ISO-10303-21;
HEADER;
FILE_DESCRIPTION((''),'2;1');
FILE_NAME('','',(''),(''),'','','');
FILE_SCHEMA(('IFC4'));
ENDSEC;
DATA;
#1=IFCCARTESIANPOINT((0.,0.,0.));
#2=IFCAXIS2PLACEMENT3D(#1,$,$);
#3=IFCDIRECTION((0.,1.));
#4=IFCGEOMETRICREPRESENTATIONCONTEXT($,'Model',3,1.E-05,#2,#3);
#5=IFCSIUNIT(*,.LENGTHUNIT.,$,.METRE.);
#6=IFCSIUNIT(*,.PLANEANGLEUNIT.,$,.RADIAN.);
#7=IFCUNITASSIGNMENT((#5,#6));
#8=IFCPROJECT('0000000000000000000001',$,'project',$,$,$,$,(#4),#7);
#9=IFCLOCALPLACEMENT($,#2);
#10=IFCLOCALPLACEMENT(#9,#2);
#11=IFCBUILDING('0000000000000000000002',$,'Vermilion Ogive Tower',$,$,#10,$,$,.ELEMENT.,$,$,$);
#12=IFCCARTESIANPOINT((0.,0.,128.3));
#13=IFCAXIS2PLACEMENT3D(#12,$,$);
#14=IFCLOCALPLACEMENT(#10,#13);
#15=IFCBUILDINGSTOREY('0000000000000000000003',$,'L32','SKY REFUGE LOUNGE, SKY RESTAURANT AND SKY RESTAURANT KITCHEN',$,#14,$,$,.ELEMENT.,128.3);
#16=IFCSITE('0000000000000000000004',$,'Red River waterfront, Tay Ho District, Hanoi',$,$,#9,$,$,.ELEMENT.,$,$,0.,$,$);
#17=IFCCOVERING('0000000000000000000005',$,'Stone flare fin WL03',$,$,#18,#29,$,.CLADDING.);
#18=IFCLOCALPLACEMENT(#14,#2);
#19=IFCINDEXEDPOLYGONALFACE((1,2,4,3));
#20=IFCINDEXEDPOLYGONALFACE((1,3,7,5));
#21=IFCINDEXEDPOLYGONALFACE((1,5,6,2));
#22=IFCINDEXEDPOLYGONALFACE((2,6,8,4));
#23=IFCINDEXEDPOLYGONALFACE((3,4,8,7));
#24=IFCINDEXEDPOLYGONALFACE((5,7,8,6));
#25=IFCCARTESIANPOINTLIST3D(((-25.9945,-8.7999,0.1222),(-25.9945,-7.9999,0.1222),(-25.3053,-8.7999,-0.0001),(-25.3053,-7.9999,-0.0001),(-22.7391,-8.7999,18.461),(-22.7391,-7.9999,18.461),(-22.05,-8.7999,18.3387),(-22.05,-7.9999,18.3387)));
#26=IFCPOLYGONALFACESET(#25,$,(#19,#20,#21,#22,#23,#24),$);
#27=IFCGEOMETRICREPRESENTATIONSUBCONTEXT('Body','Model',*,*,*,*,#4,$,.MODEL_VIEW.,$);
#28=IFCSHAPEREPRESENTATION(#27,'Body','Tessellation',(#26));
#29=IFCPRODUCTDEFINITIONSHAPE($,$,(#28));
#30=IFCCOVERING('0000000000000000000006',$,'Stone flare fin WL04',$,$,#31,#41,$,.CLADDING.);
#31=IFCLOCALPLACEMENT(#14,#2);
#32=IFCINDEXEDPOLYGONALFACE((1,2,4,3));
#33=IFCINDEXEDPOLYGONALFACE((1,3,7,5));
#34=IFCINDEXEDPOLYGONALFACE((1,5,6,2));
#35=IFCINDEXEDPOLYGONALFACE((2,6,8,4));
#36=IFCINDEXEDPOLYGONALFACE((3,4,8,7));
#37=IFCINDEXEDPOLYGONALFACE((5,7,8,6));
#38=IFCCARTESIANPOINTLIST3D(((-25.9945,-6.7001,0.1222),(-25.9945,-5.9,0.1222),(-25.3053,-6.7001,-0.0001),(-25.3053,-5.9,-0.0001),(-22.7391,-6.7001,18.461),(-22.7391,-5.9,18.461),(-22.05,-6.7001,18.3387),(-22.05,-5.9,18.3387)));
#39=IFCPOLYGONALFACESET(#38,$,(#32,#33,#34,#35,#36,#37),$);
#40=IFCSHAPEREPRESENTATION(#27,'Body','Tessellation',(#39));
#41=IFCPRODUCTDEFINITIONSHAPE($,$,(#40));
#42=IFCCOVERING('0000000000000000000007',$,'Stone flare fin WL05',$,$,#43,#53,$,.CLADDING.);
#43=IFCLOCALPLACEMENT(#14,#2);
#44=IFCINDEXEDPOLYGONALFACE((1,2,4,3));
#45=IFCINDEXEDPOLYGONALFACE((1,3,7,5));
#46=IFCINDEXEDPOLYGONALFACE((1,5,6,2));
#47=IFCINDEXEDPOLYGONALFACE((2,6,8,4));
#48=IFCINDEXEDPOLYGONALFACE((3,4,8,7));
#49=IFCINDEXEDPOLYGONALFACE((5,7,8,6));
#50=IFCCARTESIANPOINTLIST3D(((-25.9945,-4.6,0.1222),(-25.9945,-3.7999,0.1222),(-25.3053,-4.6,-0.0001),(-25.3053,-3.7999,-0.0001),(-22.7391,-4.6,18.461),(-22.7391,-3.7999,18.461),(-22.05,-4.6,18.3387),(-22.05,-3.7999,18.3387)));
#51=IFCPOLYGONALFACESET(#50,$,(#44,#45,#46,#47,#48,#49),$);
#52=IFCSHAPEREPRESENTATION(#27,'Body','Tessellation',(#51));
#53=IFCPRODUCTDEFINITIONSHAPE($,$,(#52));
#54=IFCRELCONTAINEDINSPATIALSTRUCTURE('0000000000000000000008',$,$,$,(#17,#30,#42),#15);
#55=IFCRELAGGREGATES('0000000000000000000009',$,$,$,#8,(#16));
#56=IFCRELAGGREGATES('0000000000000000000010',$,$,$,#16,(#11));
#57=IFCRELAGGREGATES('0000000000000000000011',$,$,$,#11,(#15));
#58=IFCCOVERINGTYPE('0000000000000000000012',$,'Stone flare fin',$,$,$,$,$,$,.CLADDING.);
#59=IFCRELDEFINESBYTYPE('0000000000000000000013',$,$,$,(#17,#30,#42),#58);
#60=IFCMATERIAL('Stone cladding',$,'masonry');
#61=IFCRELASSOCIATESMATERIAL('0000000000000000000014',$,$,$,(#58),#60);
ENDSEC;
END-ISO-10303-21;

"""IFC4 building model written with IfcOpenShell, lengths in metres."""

from ifc_helpers import new_model, si_unit, direction, frame, origin, origin_2d, place, context, subcontext, project, spatial, rectangle, extrude, material, material_profile, profile_set, type_object, element, save


model = new_model("IFC4")

# Units and contexts
model_context = context("Model", 3, precision=1e-05, world=origin(), true_north=direction((0.0, 1.0)))
body_context = subcontext(model_context, "Body", "Model", "MODEL_VIEW")
ifc_project = project(units=[si_unit("LENGTHUNIT", "METRE"), si_unit("PLANEANGLEUNIT", "RADIAN")], contexts=[model_context])

# Site, building, storey
site_placement = place(None, origin())
site = spatial("IfcSite", under=ifc_project, at=site_placement, Name="Red River waterfront, Tay Ho District, Hanoi", CompositionType="ELEMENT", RefElevation=0.0)
building_placement = place(site_placement, origin())
building = spatial("IfcBuilding", under=site, at=building_placement, Name="Vermilion Ogive Tower", CompositionType="ELEMENT")
storey_placement = place(building_placement, frame((0.0, 0.0, 128.3)))
storey = spatial("IfcBuildingStorey", under=building, at=storey_placement, Name="L32", Description="SKY REFUGE LOUNGE, SKY RESTAURANT AND SKY RESTAURANT KITCHEN", CompositionType="ELEMENT", Elevation=128.3)

# Coverings
ifc_material_1 = material(Name="Stone cladding", Category="masonry")
ifc_material_profile_1 = material_profile(ifc_material_1, rectangle(XDim=0.8, YDim=0.7, at=origin_2d()), Name="STONE 800x700")
ifc_profile_set_1 = profile_set([ifc_material_profile_1], Name="Stone cladding")
covering_type = type_object("IfcCoveringType", Name="Stone flare fin", PredefinedType="CLADDING", material=ifc_profile_set_1)
for number, where, z_axis, x_axis, name in (
    (1, (-25.6499, -8.3999, 0.061), (0.17478, 0.0, 0.984608), (0.0, 1.0, 0.0), "Stone flare fin WL03"),
    (2, (-25.6499, -6.3, 0.061), (0.17478, 0.0, 0.984608), (0.0, 1.0, 0.0), "Stone flare fin WL04"),
    (3, (-25.6499, -4.2, 0.061), (0.17478, 0.0, 0.984608), (0.0, 1.0, 0.0), "Stone flare fin WL05"),
):
    element("IfcCovering", number, at=place(storey_placement, frame(where, z_axis=z_axis, x_axis=x_axis)), inside=storey, type_object=covering_type, Name=name, PredefinedType="CLADDING", context=body_context, shape_type="SweptSolid", body=[
        extrude(rectangle(XDim=0.8, YDim=0.7, at=origin_2d()), origin(), (0.0, 0.0, 1.0), 18.6255),
    ])

save(model, "model.ifc")
